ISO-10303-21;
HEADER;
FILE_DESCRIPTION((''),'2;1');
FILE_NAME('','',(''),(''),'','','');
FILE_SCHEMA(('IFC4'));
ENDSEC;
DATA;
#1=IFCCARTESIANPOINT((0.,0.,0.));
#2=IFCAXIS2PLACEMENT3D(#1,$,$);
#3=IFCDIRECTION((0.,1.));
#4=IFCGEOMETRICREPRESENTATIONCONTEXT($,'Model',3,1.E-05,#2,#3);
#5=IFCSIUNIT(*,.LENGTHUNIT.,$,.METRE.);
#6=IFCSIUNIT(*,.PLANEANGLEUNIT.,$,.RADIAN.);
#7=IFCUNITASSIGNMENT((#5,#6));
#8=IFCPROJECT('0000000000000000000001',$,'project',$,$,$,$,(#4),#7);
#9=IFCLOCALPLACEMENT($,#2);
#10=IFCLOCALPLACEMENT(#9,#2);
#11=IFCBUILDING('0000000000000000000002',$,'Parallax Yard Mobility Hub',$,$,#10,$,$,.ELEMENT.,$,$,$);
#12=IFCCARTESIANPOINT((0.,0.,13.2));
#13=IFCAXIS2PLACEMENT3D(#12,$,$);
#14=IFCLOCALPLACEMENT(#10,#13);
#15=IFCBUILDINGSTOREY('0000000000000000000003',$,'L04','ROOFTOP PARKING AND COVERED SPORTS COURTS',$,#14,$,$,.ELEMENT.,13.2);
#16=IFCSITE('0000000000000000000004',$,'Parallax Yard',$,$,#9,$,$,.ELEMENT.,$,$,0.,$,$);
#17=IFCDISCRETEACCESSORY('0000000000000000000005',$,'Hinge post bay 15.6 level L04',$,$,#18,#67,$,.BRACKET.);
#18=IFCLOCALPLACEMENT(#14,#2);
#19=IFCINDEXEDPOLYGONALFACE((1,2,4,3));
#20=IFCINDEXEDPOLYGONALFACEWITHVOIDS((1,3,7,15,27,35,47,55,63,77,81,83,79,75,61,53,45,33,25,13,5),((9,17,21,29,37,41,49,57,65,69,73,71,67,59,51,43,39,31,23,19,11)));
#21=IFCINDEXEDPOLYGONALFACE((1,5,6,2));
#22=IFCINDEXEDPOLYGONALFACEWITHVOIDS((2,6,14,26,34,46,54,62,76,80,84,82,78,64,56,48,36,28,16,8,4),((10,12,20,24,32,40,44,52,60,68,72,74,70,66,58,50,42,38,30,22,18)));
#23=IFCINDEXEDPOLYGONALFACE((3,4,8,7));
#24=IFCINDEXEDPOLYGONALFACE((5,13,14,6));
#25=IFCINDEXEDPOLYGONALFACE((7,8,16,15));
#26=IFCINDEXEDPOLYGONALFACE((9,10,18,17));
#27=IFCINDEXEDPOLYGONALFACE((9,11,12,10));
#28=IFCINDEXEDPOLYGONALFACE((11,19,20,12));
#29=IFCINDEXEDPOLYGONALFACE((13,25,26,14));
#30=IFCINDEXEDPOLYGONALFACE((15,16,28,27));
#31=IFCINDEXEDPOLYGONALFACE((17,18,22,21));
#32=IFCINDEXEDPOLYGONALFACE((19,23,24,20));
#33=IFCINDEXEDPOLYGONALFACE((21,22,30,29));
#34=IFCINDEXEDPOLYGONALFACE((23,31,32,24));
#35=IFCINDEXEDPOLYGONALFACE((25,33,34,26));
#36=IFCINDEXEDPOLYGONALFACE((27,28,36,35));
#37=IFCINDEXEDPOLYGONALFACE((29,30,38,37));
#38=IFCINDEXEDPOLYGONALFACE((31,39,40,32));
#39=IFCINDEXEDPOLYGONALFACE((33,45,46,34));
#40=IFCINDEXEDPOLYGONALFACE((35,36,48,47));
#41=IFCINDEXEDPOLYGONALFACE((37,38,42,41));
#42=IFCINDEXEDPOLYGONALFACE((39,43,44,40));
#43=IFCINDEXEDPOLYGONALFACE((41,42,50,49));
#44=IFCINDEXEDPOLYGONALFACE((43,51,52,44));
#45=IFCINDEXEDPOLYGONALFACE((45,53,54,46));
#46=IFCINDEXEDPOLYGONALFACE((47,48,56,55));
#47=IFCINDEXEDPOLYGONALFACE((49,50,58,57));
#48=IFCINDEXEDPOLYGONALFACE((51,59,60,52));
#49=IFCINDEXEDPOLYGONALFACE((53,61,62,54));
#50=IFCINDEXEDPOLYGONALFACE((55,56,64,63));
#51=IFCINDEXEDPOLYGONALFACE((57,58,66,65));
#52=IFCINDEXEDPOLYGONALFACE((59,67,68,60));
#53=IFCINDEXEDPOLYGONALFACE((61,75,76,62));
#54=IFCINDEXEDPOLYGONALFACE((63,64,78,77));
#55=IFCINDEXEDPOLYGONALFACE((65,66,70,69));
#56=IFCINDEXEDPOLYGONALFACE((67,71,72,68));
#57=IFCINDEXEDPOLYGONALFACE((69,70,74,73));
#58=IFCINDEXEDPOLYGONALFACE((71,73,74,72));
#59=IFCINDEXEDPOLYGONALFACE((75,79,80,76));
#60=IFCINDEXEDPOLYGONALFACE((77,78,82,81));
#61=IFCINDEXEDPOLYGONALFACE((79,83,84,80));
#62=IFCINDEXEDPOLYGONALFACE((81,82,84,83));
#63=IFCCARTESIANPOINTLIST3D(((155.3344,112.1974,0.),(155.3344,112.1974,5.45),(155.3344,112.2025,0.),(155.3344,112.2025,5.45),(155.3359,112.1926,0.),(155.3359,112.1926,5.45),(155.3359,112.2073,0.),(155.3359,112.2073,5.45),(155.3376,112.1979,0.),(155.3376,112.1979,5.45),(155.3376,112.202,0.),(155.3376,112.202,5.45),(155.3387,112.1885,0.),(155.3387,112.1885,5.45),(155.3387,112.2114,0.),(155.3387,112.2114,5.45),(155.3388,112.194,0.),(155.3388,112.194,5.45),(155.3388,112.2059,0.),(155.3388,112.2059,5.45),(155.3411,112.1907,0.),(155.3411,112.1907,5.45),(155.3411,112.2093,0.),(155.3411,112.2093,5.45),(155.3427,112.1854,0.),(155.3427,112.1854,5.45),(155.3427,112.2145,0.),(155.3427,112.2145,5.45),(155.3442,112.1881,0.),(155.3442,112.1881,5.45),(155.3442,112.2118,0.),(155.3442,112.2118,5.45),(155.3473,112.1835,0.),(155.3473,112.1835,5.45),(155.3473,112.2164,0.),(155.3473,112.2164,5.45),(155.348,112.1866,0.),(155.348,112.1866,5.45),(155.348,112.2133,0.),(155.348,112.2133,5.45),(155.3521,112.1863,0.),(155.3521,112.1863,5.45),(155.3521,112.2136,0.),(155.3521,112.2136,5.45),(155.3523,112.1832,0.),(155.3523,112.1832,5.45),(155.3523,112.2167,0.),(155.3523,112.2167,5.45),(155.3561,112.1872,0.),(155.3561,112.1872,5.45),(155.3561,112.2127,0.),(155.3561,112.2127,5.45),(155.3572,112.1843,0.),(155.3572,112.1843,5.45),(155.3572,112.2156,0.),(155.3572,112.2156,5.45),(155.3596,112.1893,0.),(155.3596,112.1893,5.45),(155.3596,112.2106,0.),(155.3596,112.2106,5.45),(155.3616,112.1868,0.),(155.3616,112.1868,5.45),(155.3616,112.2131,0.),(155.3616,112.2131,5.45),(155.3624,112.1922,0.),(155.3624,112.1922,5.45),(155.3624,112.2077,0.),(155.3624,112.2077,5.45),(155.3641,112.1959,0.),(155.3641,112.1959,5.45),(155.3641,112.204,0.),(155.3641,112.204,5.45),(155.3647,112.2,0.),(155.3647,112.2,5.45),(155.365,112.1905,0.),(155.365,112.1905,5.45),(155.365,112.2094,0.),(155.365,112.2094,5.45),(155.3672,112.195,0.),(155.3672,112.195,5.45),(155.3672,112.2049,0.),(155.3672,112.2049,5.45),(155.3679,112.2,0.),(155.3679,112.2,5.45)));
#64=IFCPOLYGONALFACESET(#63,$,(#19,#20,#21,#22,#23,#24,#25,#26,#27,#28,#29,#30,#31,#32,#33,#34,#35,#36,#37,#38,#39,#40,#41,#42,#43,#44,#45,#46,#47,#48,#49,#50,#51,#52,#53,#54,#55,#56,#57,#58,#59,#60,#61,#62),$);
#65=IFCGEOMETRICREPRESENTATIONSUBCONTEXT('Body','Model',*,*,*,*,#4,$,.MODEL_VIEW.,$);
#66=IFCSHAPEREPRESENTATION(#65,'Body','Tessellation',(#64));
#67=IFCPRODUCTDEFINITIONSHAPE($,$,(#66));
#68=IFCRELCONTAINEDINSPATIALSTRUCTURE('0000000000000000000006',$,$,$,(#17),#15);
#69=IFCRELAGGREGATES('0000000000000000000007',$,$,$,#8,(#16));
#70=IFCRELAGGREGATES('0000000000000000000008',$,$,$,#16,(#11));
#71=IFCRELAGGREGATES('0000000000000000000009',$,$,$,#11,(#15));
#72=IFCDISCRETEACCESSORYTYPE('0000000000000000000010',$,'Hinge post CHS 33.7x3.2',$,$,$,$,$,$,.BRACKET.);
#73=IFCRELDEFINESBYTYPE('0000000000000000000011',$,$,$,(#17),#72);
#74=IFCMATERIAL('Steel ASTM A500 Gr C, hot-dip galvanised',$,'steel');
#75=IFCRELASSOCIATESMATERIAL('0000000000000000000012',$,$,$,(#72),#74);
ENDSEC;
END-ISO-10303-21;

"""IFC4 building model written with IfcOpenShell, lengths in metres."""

from ifc_helpers import new_model, si_unit, direction, frame, origin, origin_2d, place, context, subcontext, project, spatial, hollow_circle, extrude, material, material_profile, profile_set, type_object, element, save


model = new_model("IFC4")

# Units and contexts
model_context = context("Model", 3, precision=1e-05, world=origin(), true_north=direction((0.0, 1.0)))
body_context = subcontext(model_context, "Body", "Model", "MODEL_VIEW")
ifc_project = project(units=[si_unit("LENGTHUNIT", "METRE"), si_unit("PLANEANGLEUNIT", "RADIAN")], contexts=[model_context])

# Site, building, storey
site_placement = place(None, origin())
site = spatial("IfcSite", under=ifc_project, at=site_placement, Name="Parallax Yard", CompositionType="ELEMENT", RefElevation=0.0)
building_placement = place(site_placement, origin())
building = spatial("IfcBuilding", under=site, at=building_placement, Name="Parallax Yard Mobility Hub", CompositionType="ELEMENT")
storey_placement = place(building_placement, frame((0.0, 0.0, 13.2)))
storey = spatial("IfcBuildingStorey", under=building, at=storey_placement, Name="L04", Description="ROOFTOP PARKING AND COVERED SPORTS COURTS", CompositionType="ELEMENT", Elevation=13.2)

# Discrete accessory
ifc_material_1 = material(Name="Steel ASTM A500 Gr C, hot-dip galvanised", Category="steel")
ifc_material_profile = material_profile(ifc_material_1, hollow_circle(Radius=0.0168, WallThickness=0.0032, at=origin_2d()), Name="CHS 33.7x3.2")
ifc_profile_set = profile_set([ifc_material_profile], Name="Steel ASTM A500 Gr C, hot-dip galvanised")
discrete_accessory_type_1 = type_object("IfcDiscreteAccessoryType", Name="Hinge post CHS 33.7x3.2", PredefinedType="BRACKET", material=ifc_profile_set)
for number, where, z_axis, x_axis, name in (
    (1, (155.3511, 112.2, 0.0), (0.0, 0.0, 1.0), (1.0, 0.0, 0.0), "Hinge post bay 15.6 level L04"),
):
    element("IfcDiscreteAccessory", number, at=place(storey_placement, frame(where, z_axis=z_axis, x_axis=x_axis)), inside=storey, type_object=discrete_accessory_type_1, Name=name, PredefinedType="BRACKET", context=body_context, shape_type="SweptSolid", body=[
        extrude(hollow_circle(Radius=0.0168, WallThickness=0.0032, at=origin_2d()), origin(), (0.0, 0.0, 1.0), 5.45),
    ])

save(model, "model.ifc")
